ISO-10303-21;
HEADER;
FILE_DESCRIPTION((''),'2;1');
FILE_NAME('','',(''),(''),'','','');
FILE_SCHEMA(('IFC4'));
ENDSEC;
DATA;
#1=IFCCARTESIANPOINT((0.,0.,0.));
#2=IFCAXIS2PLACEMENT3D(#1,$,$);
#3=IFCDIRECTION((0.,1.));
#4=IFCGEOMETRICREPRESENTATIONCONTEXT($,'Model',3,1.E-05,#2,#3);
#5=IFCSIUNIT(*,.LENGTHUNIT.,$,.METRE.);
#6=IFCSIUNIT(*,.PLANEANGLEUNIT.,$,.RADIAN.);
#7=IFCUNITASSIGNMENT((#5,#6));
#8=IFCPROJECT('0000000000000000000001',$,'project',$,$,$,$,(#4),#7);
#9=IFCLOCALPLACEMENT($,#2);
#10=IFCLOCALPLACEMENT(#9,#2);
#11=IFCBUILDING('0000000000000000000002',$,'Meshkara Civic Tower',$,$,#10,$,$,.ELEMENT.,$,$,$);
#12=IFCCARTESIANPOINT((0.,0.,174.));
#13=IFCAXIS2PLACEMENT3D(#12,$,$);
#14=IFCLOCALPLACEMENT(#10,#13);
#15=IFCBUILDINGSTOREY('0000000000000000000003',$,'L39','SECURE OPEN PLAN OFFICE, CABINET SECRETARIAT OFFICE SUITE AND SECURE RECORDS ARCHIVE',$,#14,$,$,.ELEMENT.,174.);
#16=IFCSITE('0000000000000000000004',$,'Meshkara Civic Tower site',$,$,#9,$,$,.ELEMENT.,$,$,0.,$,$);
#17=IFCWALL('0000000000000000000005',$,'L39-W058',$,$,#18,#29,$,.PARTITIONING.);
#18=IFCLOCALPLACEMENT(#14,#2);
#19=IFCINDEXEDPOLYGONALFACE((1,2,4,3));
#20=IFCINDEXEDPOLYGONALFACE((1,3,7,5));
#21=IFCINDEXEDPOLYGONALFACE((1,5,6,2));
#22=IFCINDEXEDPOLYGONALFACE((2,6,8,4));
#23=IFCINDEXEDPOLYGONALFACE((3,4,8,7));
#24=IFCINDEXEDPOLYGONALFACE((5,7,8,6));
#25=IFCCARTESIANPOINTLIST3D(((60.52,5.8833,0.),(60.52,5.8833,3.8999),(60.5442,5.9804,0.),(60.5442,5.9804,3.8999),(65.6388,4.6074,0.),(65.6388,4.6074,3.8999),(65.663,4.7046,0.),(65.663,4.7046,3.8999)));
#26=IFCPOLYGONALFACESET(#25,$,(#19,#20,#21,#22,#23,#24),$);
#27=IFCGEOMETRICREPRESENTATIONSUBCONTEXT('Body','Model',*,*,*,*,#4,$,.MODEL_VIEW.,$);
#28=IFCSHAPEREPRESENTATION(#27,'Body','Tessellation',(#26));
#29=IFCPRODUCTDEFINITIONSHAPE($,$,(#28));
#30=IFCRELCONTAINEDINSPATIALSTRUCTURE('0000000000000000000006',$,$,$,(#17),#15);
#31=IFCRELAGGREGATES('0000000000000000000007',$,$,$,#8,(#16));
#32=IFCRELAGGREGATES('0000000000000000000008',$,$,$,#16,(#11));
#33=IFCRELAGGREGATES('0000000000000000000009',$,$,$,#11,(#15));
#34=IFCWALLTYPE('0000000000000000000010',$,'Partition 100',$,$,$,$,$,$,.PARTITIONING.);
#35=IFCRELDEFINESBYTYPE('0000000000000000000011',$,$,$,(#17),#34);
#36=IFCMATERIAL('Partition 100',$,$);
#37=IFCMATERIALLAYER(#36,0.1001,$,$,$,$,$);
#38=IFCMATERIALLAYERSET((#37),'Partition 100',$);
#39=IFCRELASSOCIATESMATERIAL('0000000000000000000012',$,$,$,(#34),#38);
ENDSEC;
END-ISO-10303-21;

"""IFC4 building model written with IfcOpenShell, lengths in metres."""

from ifc_helpers import new_model, si_unit, direction, frame, frame_2d, origin, place, context, subcontext, project, spatial, rectangle, extrude, material, layer, layer_set, type_object, element, save


model = new_model("IFC4")

# Units and contexts
model_context = context("Model", 3, precision=1e-05, world=origin(), true_north=direction((0.0, 1.0)))
body_context = subcontext(model_context, "Body", "Model", "MODEL_VIEW")
ifc_project = project(units=[si_unit("LENGTHUNIT", "METRE"), si_unit("PLANEANGLEUNIT", "RADIAN")], contexts=[model_context])

# Site, building, storey
site_placement = place(None, origin())
site = spatial("IfcSite", under=ifc_project, at=site_placement, Name="Meshkara Civic Tower site", CompositionType="ELEMENT", RefElevation=0.0)
building_placement = place(site_placement, origin())
building = spatial("IfcBuilding", under=site, at=building_placement, Name="Meshkara Civic Tower", CompositionType="ELEMENT")
storey_placement = place(building_placement, frame((0.0, 0.0, 174.0)))
storey = spatial("IfcBuildingStorey", under=building, at=storey_placement, Name="L39", Description="SECURE OPEN PLAN OFFICE, CABINET SECRETARIAT OFFICE SUITE AND SECURE RECORDS ARCHIVE", CompositionType="ELEMENT", Elevation=174.0)

# Wall
ifc_material_1 = material(Name="Partition 100")
ifc_layer_1 = layer(ifc_material_1, 0.1001)
ifc_layer_set_1 = layer_set([ifc_layer_1], Name="Partition 100")
wall_type_1 = type_object("IfcWallType", Name="Partition 100", PredefinedType="PARTITIONING", material=ifc_layer_set_1)
wall_1_placement = place(storey_placement, frame((65.6509, 4.656, 0.0), z_axis=(0.0, 0.0, 1.0), x_axis=(-0.970314, 0.24185, 0.0)))
element("IfcWall", 1, at=wall_1_placement, inside=storey, type_object=wall_type_1, Name="L39-W058", PredefinedType="PARTITIONING", context=body_context, shape_type="SweptSolid", body=[
    extrude(rectangle(XDim=5.2754, YDim=0.1001, at=frame_2d((2.6377, 0.0))), origin(), (0.0, 0.0, 1.0), 3.8999),
])

save(model, "model.ifc")
